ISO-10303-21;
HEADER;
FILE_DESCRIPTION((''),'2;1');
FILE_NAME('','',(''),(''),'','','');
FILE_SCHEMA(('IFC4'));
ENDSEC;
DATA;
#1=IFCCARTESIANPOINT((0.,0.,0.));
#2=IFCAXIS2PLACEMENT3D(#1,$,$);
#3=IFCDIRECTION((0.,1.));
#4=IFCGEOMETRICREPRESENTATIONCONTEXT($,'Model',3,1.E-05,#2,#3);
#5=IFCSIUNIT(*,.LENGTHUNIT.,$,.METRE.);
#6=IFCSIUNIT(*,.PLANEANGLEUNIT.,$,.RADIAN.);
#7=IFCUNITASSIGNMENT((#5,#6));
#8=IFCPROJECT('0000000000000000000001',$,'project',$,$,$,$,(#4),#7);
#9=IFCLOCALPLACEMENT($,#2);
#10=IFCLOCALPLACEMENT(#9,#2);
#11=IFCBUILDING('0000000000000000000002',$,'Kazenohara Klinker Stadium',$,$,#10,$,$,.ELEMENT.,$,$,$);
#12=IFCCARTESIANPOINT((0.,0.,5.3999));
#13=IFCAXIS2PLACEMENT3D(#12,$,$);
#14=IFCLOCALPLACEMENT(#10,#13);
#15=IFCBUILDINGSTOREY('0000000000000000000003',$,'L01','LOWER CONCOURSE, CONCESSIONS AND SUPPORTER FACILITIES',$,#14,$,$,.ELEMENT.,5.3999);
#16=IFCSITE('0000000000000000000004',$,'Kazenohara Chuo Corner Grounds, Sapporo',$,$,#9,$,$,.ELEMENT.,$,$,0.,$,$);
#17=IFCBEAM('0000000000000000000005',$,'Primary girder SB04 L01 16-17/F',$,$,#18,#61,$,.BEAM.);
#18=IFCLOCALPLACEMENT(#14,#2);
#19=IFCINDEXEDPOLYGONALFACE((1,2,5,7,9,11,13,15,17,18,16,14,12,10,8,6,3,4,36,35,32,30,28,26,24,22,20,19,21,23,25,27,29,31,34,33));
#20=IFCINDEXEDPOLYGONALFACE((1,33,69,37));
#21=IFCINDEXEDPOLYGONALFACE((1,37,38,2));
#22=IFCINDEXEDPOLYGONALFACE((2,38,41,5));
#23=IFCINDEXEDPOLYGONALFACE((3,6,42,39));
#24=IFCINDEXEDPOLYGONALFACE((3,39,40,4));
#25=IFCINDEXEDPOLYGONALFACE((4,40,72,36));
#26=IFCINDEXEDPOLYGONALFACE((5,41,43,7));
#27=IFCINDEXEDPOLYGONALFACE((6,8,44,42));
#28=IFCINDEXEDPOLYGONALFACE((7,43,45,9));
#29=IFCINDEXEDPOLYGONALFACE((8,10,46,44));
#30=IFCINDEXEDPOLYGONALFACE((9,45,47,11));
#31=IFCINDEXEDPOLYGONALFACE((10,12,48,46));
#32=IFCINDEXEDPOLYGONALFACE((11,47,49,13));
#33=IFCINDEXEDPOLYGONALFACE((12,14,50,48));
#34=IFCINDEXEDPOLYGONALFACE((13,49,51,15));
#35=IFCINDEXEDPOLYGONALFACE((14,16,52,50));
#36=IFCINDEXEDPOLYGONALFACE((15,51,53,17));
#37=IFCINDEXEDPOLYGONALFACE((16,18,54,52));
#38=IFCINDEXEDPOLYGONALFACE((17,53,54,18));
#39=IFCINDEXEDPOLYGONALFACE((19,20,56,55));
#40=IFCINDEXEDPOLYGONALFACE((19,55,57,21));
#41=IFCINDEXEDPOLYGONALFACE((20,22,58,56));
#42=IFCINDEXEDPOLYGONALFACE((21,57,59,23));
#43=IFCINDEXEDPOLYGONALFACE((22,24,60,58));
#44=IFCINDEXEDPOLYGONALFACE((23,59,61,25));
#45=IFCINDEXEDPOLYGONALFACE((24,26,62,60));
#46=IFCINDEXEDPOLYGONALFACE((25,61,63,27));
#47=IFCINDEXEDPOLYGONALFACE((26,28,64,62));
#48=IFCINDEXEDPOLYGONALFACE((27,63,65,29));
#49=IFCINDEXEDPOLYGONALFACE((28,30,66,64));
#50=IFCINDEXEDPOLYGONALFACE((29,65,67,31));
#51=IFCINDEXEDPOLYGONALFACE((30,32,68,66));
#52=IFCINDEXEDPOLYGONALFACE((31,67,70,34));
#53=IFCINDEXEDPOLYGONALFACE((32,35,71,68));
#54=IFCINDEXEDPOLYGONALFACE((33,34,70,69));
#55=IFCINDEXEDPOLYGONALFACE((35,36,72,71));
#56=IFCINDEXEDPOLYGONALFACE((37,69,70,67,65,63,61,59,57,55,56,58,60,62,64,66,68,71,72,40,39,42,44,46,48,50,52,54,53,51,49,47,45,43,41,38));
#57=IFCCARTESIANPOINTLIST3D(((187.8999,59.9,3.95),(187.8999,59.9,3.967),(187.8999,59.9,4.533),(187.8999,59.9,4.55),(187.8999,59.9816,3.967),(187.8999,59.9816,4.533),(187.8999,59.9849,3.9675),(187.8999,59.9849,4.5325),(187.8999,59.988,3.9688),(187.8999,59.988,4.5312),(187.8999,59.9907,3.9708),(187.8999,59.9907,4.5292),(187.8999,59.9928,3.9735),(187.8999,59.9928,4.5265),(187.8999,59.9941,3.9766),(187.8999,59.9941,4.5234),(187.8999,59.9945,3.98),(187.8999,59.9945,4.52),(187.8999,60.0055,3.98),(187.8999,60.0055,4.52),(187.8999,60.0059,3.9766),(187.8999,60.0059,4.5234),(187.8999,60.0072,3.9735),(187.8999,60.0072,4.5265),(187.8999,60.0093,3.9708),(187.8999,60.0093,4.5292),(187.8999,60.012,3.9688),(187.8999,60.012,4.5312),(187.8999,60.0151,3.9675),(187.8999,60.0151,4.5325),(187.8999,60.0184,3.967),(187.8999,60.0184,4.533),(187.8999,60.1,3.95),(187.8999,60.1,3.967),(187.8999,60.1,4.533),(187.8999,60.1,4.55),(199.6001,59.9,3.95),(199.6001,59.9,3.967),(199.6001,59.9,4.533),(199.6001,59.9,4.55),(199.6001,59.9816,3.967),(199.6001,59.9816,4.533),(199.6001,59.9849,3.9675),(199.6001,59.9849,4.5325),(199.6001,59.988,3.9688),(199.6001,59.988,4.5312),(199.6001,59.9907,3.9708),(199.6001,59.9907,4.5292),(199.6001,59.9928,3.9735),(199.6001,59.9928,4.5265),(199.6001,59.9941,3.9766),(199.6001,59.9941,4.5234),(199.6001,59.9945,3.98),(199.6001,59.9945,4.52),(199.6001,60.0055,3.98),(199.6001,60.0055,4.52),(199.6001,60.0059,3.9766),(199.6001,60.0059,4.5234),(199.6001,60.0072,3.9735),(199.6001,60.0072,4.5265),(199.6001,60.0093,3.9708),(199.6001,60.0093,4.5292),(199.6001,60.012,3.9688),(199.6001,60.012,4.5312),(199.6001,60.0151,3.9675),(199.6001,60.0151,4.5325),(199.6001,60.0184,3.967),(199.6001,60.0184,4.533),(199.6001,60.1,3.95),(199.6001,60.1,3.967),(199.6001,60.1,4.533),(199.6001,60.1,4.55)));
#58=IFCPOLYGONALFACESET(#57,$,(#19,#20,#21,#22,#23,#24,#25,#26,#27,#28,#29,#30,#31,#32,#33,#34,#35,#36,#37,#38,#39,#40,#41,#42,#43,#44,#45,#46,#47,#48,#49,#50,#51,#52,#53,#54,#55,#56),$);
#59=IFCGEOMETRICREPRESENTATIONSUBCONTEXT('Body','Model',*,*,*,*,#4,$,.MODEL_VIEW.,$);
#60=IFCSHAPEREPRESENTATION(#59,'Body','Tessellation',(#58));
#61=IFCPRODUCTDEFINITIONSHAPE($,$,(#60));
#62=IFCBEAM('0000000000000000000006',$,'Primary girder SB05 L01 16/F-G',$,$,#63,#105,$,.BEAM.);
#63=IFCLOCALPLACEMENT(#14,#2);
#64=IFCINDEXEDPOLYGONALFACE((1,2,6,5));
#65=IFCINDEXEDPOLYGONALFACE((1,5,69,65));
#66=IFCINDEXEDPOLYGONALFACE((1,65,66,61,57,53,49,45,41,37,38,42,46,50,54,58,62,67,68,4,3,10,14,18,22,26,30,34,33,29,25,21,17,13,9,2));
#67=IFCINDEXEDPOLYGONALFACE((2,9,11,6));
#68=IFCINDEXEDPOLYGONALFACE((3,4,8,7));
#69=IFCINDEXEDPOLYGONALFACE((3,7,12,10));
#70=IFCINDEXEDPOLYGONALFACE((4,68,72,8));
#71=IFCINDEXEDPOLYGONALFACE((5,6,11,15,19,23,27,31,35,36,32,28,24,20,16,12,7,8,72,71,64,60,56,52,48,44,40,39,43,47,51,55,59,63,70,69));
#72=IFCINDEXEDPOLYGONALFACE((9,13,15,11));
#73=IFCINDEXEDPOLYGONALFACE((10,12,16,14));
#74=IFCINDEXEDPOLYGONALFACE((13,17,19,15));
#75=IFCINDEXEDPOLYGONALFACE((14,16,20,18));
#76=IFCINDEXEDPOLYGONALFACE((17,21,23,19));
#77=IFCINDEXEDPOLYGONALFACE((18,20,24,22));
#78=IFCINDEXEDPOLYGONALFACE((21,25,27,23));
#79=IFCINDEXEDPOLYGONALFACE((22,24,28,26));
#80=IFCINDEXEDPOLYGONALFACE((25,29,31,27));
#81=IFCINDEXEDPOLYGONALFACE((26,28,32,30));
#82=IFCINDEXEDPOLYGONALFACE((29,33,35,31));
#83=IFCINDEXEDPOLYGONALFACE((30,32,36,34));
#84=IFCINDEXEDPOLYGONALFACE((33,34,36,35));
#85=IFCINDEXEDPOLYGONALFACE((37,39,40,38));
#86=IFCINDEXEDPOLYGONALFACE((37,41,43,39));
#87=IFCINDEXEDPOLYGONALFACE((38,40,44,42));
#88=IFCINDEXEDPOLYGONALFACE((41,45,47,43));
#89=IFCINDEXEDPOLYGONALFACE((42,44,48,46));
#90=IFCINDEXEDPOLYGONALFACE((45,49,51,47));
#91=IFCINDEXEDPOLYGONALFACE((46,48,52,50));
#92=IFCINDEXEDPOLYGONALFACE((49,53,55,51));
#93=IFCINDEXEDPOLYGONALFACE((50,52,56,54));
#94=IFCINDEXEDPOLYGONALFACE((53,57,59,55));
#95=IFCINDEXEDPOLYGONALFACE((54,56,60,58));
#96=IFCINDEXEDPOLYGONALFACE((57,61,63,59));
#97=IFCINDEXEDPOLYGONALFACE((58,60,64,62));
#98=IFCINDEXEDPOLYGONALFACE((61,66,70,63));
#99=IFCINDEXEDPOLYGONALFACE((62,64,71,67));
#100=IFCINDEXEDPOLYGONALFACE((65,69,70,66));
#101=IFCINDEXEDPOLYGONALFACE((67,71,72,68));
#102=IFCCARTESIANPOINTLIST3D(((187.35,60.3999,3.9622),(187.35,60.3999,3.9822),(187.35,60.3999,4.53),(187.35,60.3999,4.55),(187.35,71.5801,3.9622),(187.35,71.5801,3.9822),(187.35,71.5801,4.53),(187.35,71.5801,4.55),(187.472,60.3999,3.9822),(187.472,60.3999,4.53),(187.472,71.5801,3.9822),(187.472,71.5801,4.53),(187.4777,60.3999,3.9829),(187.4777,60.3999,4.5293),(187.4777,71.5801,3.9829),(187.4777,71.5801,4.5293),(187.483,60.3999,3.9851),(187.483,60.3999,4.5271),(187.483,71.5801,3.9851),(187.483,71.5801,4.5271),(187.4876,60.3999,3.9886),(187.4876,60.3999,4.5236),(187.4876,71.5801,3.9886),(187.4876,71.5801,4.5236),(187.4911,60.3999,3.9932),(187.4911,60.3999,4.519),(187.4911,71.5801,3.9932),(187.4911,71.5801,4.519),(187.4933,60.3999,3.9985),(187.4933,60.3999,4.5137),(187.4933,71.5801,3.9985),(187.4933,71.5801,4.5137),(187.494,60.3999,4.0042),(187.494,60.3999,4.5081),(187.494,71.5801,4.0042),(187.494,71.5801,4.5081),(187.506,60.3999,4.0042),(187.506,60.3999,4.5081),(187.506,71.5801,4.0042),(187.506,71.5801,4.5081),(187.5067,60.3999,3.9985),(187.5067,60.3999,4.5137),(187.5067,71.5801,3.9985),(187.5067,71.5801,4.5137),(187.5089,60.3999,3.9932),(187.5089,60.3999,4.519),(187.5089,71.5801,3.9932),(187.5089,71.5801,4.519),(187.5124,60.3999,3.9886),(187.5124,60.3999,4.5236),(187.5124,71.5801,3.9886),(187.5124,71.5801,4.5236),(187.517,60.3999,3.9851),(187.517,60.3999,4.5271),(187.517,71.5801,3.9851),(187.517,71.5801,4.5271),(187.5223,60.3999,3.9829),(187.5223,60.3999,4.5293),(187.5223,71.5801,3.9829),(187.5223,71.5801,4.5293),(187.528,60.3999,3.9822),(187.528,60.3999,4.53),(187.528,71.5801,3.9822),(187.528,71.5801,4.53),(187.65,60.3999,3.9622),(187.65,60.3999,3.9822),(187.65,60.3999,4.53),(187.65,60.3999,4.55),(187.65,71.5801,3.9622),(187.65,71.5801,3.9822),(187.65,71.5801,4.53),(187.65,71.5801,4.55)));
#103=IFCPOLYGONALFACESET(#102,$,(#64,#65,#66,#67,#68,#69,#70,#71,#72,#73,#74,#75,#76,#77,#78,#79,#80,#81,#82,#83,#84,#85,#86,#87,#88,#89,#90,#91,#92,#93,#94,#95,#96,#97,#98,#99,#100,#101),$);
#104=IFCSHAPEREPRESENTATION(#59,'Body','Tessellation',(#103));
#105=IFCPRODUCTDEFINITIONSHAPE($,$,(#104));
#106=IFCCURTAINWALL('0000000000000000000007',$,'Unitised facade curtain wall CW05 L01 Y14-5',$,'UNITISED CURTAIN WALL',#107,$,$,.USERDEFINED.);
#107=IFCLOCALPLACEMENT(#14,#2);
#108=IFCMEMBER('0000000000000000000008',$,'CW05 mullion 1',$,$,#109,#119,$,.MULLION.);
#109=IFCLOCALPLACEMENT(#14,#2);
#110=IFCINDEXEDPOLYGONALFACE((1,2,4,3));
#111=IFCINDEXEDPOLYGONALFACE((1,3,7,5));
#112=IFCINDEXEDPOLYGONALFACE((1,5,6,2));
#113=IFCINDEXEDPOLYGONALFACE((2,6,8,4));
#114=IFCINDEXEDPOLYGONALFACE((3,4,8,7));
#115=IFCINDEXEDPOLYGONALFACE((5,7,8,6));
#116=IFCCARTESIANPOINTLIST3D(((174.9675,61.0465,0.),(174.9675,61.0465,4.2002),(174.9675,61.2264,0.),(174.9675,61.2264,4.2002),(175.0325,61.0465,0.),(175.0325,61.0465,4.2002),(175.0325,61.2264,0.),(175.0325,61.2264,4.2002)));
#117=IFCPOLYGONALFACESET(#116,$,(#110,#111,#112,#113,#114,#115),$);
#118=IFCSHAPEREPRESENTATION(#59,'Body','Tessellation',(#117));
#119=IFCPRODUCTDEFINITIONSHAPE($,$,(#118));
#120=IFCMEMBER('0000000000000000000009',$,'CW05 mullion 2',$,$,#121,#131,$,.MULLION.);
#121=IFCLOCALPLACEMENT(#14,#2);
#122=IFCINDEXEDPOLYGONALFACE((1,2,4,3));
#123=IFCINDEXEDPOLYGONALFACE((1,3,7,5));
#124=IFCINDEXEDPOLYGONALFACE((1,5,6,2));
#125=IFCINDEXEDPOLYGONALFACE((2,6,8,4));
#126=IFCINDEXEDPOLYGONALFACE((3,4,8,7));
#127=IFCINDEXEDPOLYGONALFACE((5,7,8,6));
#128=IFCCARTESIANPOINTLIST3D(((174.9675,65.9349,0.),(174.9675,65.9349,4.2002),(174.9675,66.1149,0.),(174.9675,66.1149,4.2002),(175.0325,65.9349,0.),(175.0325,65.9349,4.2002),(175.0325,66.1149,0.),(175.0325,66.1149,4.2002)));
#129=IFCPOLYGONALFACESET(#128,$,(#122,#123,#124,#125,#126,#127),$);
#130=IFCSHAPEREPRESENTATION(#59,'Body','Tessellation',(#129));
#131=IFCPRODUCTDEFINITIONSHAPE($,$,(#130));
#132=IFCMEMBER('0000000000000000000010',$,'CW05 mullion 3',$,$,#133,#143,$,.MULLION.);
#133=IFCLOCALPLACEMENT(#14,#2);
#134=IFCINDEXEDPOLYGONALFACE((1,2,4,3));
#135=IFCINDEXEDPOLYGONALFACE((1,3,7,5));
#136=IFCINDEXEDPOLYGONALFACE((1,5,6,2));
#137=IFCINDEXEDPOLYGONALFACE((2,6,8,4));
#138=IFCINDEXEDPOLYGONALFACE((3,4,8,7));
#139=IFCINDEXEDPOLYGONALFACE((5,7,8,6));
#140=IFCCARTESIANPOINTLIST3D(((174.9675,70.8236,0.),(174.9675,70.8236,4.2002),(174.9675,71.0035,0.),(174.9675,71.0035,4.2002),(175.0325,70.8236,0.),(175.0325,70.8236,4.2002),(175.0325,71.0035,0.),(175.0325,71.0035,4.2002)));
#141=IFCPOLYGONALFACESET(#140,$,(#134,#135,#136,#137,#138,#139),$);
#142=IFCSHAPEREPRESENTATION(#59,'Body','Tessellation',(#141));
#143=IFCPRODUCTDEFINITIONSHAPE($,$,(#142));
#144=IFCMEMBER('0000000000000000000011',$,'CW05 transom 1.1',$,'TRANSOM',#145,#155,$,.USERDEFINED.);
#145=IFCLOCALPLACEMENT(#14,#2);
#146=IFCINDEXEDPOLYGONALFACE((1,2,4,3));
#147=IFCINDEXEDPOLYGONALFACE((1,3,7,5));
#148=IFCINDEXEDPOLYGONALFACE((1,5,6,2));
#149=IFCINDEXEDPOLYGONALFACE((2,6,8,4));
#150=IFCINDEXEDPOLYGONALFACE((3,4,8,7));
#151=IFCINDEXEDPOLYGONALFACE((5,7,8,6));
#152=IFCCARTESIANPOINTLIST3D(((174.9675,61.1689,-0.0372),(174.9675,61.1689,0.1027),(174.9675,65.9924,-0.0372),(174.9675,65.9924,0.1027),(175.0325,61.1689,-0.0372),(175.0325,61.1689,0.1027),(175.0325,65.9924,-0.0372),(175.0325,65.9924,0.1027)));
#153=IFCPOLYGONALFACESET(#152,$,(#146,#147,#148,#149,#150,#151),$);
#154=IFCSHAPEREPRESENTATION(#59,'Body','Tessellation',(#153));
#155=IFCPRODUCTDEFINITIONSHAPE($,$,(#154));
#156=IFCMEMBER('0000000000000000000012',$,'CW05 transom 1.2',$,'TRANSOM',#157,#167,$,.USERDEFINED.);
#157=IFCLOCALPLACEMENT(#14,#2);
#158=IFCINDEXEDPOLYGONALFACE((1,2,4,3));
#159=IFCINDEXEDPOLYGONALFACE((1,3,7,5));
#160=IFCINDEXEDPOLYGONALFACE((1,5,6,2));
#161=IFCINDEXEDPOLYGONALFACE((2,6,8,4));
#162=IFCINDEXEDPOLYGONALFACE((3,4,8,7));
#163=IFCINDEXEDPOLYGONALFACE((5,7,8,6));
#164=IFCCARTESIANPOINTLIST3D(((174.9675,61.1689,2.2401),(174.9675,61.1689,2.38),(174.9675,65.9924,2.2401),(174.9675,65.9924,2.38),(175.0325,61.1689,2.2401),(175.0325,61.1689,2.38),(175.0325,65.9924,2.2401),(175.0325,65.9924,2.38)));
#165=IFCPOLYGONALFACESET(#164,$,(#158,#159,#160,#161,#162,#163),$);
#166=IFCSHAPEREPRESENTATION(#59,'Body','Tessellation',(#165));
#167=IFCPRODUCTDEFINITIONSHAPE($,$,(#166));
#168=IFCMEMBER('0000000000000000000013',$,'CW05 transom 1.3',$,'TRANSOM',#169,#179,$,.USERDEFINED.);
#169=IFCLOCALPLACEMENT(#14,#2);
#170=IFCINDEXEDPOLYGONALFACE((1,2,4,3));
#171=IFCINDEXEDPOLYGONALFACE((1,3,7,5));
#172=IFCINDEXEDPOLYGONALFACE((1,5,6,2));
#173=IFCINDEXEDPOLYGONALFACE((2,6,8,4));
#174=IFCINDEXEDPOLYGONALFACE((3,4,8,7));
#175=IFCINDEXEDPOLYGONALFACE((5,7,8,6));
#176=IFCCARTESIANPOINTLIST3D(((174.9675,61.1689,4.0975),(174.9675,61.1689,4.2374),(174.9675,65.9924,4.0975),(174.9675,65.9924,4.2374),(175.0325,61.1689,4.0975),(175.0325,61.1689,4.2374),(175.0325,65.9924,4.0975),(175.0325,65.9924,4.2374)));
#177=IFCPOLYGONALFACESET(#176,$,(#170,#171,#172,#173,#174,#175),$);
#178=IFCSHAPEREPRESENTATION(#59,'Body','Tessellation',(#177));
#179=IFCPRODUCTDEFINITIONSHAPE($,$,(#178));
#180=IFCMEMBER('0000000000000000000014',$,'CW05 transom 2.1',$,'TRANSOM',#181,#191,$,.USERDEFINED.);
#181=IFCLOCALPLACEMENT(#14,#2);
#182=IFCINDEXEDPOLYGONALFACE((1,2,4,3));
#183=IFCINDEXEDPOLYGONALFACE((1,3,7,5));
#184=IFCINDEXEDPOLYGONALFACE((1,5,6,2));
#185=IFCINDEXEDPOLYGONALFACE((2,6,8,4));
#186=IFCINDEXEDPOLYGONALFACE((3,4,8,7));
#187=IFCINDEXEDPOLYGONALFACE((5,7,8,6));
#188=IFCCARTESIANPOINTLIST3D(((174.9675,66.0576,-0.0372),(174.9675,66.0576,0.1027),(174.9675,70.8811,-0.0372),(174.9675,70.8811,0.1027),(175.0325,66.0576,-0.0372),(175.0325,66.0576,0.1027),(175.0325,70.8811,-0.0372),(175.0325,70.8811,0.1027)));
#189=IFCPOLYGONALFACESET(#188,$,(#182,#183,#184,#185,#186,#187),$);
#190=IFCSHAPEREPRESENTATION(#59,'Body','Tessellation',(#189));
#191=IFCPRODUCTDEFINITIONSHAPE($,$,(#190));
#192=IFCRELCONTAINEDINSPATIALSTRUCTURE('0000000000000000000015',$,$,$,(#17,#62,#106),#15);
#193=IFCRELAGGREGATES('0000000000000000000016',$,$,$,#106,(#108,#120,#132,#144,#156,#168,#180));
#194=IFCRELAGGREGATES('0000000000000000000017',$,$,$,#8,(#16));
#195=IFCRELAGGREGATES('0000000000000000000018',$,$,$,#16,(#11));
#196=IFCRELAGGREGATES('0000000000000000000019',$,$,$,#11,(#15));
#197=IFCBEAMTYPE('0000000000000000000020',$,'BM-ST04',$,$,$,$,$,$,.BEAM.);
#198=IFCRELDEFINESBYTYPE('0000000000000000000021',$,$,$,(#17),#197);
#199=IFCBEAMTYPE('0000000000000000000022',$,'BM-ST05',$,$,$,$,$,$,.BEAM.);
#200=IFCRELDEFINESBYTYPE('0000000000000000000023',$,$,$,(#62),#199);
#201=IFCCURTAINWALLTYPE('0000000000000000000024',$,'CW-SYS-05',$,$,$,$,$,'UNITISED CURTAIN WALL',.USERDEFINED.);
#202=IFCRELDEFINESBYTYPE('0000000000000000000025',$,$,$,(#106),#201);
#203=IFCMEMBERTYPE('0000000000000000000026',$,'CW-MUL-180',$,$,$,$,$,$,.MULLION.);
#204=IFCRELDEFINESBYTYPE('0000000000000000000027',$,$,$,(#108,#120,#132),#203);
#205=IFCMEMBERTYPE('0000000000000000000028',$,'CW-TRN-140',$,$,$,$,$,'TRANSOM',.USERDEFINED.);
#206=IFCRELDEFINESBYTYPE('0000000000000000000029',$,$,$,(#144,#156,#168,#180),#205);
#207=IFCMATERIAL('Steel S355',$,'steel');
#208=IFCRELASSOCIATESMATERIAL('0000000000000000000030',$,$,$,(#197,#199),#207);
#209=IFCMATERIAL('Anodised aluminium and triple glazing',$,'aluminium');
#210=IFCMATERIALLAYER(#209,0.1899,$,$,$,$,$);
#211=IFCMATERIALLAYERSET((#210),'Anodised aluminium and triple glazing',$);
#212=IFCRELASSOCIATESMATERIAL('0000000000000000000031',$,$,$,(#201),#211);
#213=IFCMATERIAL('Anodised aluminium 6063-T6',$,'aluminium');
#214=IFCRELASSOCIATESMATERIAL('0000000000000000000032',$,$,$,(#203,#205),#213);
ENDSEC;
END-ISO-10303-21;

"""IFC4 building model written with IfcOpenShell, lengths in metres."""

from ifc_helpers import new_model, si_unit, direction, frame, origin, origin_2d, place, context, subcontext, project, spatial, rectangle, i_section, extrude, material, layer, layer_set, material_profile, profile_set, type_object, element, aggregate, save


model = new_model("IFC4")

# Units and contexts
model_context = context("Model", 3, precision=1e-05, world=origin(), true_north=direction((0.0, 1.0)))
body_context = subcontext(model_context, "Body", "Model", "MODEL_VIEW")
ifc_project = project(units=[si_unit("LENGTHUNIT", "METRE"), si_unit("PLANEANGLEUNIT", "RADIAN")], contexts=[model_context])

# Site, building, storey
site_placement = place(None, origin())
site = spatial("IfcSite", under=ifc_project, at=site_placement, Name="Kazenohara Chuo Corner Grounds, Sapporo", CompositionType="ELEMENT", RefElevation=0.0)
building_placement = place(site_placement, origin())
building = spatial("IfcBuilding", under=site, at=building_placement, Name="Kazenohara Klinker Stadium", CompositionType="ELEMENT")
storey_placement = place(building_placement, frame((0.0, 0.0, 5.3999)))
storey = spatial("IfcBuildingStorey", under=building, at=storey_placement, Name="L01", Description="LOWER CONCOURSE, CONCESSIONS AND SUPPORTER FACILITIES", CompositionType="ELEMENT", Elevation=5.3999)

# Beams
ifc_material_1 = material(Name="Steel S355", Category="steel")
ifc_material_profile_1 = material_profile(ifc_material_1, i_section(OverallWidth=0.2, OverallDepth=0.6001, WebThickness=0.011, FlangeThickness=0.0171, FilletRadius=0.0129, at=origin_2d()), Name="H-600x200x11x17")
ifc_profile_set_1 = profile_set([ifc_material_profile_1], Name="Steel S355")
beam_type_1 = type_object("IfcBeamType", Name="BM-ST04", PredefinedType="BEAM", material=ifc_profile_set_1)
beam_1_placement = place(storey_placement, frame((187.8999, 60.0, 4.25), z_axis=(1.0, 0.0, 0.0), x_axis=(0.0, 1.0, 0.0)))
element("IfcBeam", 1, at=beam_1_placement, inside=storey, type_object=beam_type_1, Name="Primary girder SB04 L01 16-17/F", PredefinedType="BEAM", context=body_context, shape_type="SweptSolid", body=[
    extrude(i_section(OverallWidth=0.2, OverallDepth=0.6001, WebThickness=0.011, FlangeThickness=0.0171, FilletRadius=0.0129, at=origin_2d()), origin(), (0.0, 0.0, 1.0), 11.7002),
])
ifc_material_profile_2 = material_profile(ifc_material_1, i_section(OverallWidth=0.3, OverallDepth=0.5879, WebThickness=0.012, FlangeThickness=0.02, FilletRadius=0.022, at=origin_2d()), Name="H-588x300x12x20")
ifc_profile_set_2 = profile_set([ifc_material_profile_2], Name="Steel S355")
beam_type_2 = type_object("IfcBeamType", Name="BM-ST05", PredefinedType="BEAM", material=ifc_profile_set_2)
beam_2_placement = place(storey_placement, frame((187.5, 60.3999, 4.2561), z_axis=(0.0, 1.0, 0.0), x_axis=(-1.0, 0.0, 0.0)))
element("IfcBeam", 2, at=beam_2_placement, inside=storey, type_object=beam_type_2, Name="Primary girder SB05 L01 16/F-G", PredefinedType="BEAM", context=body_context, shape_type="SweptSolid", body=[
    extrude(i_section(OverallWidth=0.3, OverallDepth=0.5879, WebThickness=0.012, FlangeThickness=0.02, FilletRadius=0.022, at=origin_2d()), origin(), (0.0, 0.0, 1.0), 11.1802),
])

# Curtain wall, members
ifc_material_2 = material(Name="Anodised aluminium and triple glazing", Category="aluminium")
ifc_layer_1 = layer(ifc_material_2, 0.1899)
ifc_layer_set_1 = layer_set([ifc_layer_1], Name="Anodised aluminium and triple glazing")
curtain_wall_type = type_object("IfcCurtainWallType", Name="CW-SYS-05", ElementType="UNITISED CURTAIN WALL", PredefinedType="USERDEFINED", material=ifc_layer_set_1)
curtain_wall_placement = place(storey_placement, origin())
curtain_wall = element("IfcCurtainWall", 3, at=curtain_wall_placement, inside=storey, type_object=curtain_wall_type, Name="Unitised facade curtain wall CW05 L01 Y14-5", ObjectType="UNITISED CURTAIN WALL", PredefinedType="USERDEFINED")
ifc_material_3 = material(Name="Anodised aluminium 6063-T6", Category="aluminium")
ifc_material_profile_3 = material_profile(ifc_material_3, rectangle(XDim=0.0649, YDim=0.1799, at=origin_2d()), Name="ALU-MUL-65x180")
ifc_profile_set_3 = profile_set([ifc_material_profile_3], Name="Anodised aluminium 6063-T6")
member_type_1 = type_object("IfcMemberType", Name="CW-MUL-180", PredefinedType="MULLION", material=ifc_profile_set_3)
member_1_placement = place(storey_placement, frame((175.0, 61.1365, 0.0), z_axis=(0.0, 0.0, 1.0), x_axis=(-1.0, 0.0, 0.0)))
member_1 = element("IfcMember", 4, at=member_1_placement, type_object=member_type_1, Name="CW05 mullion 1", PredefinedType="MULLION", context=body_context, shape_type="SweptSolid", body=[
    extrude(rectangle(XDim=0.0649, YDim=0.1799, at=origin_2d()), origin(), (0.0, 0.0, 1.0), 4.2002),
])
member_2_placement = place(storey_placement, frame((175.0, 66.0249, 0.0), z_axis=(0.0, 0.0, 1.0), x_axis=(-1.0, 0.0, 0.0)))
member_2 = element("IfcMember", 5, at=member_2_placement, type_object=member_type_1, Name="CW05 mullion 2", PredefinedType="MULLION", context=body_context, shape_type="SweptSolid", body=[
    extrude(rectangle(XDim=0.0649, YDim=0.1799, at=origin_2d()), origin(), (0.0, 0.0, 1.0), 4.2002),
])
member_3_placement = place(storey_placement, frame((175.0, 70.9136, 0.0), z_axis=(0.0, 0.0, 1.0), x_axis=(-1.0, 0.0, 0.0)))
member_3 = element("IfcMember", 6, at=member_3_placement, type_object=member_type_1, Name="CW05 mullion 3", PredefinedType="MULLION", context=body_context, shape_type="SweptSolid", body=[
    extrude(rectangle(XDim=0.0649, YDim=0.1799, at=origin_2d()), origin(), (0.0, 0.0, 1.0), 4.2002),
])
ifc_material_profile_4 = material_profile(ifc_material_3, rectangle(XDim=0.0649, YDim=0.1399, at=origin_2d()), Name="ALU-TRN-65x140")
ifc_profile_set_4 = profile_set([ifc_material_profile_4], Name="Anodised aluminium 6063-T6")
member_type_2 = type_object("IfcMemberType", Name="CW-TRN-140", ElementType="TRANSOM", PredefinedType="USERDEFINED", material=ifc_profile_set_4)
member_4_placement = place(storey_placement, frame((175.0, 61.1689, 0.0327), z_axis=(0.0, 1.0, 0.0), x_axis=(-1.0, 0.0, 0.0)))
member_4 = element("IfcMember", 7, at=member_4_placement, type_object=member_type_2, Name="CW05 transom 1.1", ObjectType="TRANSOM", PredefinedType="USERDEFINED", context=body_context, shape_type="SweptSolid", body=[
    extrude(rectangle(XDim=0.0649, YDim=0.1399, at=origin_2d()), origin(), (0.0, 0.0, 1.0), 4.8235),
])
member_5_placement = place(storey_placement, frame((175.0, 61.1689, 2.3101), z_axis=(0.0, 1.0, 0.0), x_axis=(-1.0, 0.0, 0.0)))
member_5 = element("IfcMember", 8, at=member_5_placement, type_object=member_type_2, Name="CW05 transom 1.2", ObjectType="TRANSOM", PredefinedType="USERDEFINED", context=body_context, shape_type="SweptSolid", body=[
    extrude(rectangle(XDim=0.0649, YDim=0.1399, at=origin_2d()), origin(), (0.0, 0.0, 1.0), 4.8235),
])
member_6_placement = place(storey_placement, frame((175.0, 61.1689, 4.1675), z_axis=(0.0, 1.0, 0.0), x_axis=(-1.0, 0.0, 0.0)))
member_6 = element("IfcMember", 9, at=member_6_placement, type_object=member_type_2, Name="CW05 transom 1.3", ObjectType="TRANSOM", PredefinedType="USERDEFINED", context=body_context, shape_type="SweptSolid", body=[
    extrude(rectangle(XDim=0.0649, YDim=0.1399, at=origin_2d()), origin(), (0.0, 0.0, 1.0), 4.8235),
])
member_7_placement = place(storey_placement, frame((175.0, 66.0576, 0.0327), z_axis=(0.0, 1.0, 0.0), x_axis=(-1.0, 0.0, 0.0)))
member_7 = element("IfcMember", 10, at=member_7_placement, type_object=member_type_2, Name="CW05 transom 2.1", ObjectType="TRANSOM", PredefinedType="USERDEFINED", context=body_context, shape_type="SweptSolid", body=[
    extrude(rectangle(XDim=0.0649, YDim=0.1399, at=origin_2d()), origin(), (0.0, 0.0, 1.0), 4.8235),
])

aggregate(curtain_wall, [member_1, member_2, member_3, member_4, member_5, member_6, member_7])

save(model, "model.ifc")
